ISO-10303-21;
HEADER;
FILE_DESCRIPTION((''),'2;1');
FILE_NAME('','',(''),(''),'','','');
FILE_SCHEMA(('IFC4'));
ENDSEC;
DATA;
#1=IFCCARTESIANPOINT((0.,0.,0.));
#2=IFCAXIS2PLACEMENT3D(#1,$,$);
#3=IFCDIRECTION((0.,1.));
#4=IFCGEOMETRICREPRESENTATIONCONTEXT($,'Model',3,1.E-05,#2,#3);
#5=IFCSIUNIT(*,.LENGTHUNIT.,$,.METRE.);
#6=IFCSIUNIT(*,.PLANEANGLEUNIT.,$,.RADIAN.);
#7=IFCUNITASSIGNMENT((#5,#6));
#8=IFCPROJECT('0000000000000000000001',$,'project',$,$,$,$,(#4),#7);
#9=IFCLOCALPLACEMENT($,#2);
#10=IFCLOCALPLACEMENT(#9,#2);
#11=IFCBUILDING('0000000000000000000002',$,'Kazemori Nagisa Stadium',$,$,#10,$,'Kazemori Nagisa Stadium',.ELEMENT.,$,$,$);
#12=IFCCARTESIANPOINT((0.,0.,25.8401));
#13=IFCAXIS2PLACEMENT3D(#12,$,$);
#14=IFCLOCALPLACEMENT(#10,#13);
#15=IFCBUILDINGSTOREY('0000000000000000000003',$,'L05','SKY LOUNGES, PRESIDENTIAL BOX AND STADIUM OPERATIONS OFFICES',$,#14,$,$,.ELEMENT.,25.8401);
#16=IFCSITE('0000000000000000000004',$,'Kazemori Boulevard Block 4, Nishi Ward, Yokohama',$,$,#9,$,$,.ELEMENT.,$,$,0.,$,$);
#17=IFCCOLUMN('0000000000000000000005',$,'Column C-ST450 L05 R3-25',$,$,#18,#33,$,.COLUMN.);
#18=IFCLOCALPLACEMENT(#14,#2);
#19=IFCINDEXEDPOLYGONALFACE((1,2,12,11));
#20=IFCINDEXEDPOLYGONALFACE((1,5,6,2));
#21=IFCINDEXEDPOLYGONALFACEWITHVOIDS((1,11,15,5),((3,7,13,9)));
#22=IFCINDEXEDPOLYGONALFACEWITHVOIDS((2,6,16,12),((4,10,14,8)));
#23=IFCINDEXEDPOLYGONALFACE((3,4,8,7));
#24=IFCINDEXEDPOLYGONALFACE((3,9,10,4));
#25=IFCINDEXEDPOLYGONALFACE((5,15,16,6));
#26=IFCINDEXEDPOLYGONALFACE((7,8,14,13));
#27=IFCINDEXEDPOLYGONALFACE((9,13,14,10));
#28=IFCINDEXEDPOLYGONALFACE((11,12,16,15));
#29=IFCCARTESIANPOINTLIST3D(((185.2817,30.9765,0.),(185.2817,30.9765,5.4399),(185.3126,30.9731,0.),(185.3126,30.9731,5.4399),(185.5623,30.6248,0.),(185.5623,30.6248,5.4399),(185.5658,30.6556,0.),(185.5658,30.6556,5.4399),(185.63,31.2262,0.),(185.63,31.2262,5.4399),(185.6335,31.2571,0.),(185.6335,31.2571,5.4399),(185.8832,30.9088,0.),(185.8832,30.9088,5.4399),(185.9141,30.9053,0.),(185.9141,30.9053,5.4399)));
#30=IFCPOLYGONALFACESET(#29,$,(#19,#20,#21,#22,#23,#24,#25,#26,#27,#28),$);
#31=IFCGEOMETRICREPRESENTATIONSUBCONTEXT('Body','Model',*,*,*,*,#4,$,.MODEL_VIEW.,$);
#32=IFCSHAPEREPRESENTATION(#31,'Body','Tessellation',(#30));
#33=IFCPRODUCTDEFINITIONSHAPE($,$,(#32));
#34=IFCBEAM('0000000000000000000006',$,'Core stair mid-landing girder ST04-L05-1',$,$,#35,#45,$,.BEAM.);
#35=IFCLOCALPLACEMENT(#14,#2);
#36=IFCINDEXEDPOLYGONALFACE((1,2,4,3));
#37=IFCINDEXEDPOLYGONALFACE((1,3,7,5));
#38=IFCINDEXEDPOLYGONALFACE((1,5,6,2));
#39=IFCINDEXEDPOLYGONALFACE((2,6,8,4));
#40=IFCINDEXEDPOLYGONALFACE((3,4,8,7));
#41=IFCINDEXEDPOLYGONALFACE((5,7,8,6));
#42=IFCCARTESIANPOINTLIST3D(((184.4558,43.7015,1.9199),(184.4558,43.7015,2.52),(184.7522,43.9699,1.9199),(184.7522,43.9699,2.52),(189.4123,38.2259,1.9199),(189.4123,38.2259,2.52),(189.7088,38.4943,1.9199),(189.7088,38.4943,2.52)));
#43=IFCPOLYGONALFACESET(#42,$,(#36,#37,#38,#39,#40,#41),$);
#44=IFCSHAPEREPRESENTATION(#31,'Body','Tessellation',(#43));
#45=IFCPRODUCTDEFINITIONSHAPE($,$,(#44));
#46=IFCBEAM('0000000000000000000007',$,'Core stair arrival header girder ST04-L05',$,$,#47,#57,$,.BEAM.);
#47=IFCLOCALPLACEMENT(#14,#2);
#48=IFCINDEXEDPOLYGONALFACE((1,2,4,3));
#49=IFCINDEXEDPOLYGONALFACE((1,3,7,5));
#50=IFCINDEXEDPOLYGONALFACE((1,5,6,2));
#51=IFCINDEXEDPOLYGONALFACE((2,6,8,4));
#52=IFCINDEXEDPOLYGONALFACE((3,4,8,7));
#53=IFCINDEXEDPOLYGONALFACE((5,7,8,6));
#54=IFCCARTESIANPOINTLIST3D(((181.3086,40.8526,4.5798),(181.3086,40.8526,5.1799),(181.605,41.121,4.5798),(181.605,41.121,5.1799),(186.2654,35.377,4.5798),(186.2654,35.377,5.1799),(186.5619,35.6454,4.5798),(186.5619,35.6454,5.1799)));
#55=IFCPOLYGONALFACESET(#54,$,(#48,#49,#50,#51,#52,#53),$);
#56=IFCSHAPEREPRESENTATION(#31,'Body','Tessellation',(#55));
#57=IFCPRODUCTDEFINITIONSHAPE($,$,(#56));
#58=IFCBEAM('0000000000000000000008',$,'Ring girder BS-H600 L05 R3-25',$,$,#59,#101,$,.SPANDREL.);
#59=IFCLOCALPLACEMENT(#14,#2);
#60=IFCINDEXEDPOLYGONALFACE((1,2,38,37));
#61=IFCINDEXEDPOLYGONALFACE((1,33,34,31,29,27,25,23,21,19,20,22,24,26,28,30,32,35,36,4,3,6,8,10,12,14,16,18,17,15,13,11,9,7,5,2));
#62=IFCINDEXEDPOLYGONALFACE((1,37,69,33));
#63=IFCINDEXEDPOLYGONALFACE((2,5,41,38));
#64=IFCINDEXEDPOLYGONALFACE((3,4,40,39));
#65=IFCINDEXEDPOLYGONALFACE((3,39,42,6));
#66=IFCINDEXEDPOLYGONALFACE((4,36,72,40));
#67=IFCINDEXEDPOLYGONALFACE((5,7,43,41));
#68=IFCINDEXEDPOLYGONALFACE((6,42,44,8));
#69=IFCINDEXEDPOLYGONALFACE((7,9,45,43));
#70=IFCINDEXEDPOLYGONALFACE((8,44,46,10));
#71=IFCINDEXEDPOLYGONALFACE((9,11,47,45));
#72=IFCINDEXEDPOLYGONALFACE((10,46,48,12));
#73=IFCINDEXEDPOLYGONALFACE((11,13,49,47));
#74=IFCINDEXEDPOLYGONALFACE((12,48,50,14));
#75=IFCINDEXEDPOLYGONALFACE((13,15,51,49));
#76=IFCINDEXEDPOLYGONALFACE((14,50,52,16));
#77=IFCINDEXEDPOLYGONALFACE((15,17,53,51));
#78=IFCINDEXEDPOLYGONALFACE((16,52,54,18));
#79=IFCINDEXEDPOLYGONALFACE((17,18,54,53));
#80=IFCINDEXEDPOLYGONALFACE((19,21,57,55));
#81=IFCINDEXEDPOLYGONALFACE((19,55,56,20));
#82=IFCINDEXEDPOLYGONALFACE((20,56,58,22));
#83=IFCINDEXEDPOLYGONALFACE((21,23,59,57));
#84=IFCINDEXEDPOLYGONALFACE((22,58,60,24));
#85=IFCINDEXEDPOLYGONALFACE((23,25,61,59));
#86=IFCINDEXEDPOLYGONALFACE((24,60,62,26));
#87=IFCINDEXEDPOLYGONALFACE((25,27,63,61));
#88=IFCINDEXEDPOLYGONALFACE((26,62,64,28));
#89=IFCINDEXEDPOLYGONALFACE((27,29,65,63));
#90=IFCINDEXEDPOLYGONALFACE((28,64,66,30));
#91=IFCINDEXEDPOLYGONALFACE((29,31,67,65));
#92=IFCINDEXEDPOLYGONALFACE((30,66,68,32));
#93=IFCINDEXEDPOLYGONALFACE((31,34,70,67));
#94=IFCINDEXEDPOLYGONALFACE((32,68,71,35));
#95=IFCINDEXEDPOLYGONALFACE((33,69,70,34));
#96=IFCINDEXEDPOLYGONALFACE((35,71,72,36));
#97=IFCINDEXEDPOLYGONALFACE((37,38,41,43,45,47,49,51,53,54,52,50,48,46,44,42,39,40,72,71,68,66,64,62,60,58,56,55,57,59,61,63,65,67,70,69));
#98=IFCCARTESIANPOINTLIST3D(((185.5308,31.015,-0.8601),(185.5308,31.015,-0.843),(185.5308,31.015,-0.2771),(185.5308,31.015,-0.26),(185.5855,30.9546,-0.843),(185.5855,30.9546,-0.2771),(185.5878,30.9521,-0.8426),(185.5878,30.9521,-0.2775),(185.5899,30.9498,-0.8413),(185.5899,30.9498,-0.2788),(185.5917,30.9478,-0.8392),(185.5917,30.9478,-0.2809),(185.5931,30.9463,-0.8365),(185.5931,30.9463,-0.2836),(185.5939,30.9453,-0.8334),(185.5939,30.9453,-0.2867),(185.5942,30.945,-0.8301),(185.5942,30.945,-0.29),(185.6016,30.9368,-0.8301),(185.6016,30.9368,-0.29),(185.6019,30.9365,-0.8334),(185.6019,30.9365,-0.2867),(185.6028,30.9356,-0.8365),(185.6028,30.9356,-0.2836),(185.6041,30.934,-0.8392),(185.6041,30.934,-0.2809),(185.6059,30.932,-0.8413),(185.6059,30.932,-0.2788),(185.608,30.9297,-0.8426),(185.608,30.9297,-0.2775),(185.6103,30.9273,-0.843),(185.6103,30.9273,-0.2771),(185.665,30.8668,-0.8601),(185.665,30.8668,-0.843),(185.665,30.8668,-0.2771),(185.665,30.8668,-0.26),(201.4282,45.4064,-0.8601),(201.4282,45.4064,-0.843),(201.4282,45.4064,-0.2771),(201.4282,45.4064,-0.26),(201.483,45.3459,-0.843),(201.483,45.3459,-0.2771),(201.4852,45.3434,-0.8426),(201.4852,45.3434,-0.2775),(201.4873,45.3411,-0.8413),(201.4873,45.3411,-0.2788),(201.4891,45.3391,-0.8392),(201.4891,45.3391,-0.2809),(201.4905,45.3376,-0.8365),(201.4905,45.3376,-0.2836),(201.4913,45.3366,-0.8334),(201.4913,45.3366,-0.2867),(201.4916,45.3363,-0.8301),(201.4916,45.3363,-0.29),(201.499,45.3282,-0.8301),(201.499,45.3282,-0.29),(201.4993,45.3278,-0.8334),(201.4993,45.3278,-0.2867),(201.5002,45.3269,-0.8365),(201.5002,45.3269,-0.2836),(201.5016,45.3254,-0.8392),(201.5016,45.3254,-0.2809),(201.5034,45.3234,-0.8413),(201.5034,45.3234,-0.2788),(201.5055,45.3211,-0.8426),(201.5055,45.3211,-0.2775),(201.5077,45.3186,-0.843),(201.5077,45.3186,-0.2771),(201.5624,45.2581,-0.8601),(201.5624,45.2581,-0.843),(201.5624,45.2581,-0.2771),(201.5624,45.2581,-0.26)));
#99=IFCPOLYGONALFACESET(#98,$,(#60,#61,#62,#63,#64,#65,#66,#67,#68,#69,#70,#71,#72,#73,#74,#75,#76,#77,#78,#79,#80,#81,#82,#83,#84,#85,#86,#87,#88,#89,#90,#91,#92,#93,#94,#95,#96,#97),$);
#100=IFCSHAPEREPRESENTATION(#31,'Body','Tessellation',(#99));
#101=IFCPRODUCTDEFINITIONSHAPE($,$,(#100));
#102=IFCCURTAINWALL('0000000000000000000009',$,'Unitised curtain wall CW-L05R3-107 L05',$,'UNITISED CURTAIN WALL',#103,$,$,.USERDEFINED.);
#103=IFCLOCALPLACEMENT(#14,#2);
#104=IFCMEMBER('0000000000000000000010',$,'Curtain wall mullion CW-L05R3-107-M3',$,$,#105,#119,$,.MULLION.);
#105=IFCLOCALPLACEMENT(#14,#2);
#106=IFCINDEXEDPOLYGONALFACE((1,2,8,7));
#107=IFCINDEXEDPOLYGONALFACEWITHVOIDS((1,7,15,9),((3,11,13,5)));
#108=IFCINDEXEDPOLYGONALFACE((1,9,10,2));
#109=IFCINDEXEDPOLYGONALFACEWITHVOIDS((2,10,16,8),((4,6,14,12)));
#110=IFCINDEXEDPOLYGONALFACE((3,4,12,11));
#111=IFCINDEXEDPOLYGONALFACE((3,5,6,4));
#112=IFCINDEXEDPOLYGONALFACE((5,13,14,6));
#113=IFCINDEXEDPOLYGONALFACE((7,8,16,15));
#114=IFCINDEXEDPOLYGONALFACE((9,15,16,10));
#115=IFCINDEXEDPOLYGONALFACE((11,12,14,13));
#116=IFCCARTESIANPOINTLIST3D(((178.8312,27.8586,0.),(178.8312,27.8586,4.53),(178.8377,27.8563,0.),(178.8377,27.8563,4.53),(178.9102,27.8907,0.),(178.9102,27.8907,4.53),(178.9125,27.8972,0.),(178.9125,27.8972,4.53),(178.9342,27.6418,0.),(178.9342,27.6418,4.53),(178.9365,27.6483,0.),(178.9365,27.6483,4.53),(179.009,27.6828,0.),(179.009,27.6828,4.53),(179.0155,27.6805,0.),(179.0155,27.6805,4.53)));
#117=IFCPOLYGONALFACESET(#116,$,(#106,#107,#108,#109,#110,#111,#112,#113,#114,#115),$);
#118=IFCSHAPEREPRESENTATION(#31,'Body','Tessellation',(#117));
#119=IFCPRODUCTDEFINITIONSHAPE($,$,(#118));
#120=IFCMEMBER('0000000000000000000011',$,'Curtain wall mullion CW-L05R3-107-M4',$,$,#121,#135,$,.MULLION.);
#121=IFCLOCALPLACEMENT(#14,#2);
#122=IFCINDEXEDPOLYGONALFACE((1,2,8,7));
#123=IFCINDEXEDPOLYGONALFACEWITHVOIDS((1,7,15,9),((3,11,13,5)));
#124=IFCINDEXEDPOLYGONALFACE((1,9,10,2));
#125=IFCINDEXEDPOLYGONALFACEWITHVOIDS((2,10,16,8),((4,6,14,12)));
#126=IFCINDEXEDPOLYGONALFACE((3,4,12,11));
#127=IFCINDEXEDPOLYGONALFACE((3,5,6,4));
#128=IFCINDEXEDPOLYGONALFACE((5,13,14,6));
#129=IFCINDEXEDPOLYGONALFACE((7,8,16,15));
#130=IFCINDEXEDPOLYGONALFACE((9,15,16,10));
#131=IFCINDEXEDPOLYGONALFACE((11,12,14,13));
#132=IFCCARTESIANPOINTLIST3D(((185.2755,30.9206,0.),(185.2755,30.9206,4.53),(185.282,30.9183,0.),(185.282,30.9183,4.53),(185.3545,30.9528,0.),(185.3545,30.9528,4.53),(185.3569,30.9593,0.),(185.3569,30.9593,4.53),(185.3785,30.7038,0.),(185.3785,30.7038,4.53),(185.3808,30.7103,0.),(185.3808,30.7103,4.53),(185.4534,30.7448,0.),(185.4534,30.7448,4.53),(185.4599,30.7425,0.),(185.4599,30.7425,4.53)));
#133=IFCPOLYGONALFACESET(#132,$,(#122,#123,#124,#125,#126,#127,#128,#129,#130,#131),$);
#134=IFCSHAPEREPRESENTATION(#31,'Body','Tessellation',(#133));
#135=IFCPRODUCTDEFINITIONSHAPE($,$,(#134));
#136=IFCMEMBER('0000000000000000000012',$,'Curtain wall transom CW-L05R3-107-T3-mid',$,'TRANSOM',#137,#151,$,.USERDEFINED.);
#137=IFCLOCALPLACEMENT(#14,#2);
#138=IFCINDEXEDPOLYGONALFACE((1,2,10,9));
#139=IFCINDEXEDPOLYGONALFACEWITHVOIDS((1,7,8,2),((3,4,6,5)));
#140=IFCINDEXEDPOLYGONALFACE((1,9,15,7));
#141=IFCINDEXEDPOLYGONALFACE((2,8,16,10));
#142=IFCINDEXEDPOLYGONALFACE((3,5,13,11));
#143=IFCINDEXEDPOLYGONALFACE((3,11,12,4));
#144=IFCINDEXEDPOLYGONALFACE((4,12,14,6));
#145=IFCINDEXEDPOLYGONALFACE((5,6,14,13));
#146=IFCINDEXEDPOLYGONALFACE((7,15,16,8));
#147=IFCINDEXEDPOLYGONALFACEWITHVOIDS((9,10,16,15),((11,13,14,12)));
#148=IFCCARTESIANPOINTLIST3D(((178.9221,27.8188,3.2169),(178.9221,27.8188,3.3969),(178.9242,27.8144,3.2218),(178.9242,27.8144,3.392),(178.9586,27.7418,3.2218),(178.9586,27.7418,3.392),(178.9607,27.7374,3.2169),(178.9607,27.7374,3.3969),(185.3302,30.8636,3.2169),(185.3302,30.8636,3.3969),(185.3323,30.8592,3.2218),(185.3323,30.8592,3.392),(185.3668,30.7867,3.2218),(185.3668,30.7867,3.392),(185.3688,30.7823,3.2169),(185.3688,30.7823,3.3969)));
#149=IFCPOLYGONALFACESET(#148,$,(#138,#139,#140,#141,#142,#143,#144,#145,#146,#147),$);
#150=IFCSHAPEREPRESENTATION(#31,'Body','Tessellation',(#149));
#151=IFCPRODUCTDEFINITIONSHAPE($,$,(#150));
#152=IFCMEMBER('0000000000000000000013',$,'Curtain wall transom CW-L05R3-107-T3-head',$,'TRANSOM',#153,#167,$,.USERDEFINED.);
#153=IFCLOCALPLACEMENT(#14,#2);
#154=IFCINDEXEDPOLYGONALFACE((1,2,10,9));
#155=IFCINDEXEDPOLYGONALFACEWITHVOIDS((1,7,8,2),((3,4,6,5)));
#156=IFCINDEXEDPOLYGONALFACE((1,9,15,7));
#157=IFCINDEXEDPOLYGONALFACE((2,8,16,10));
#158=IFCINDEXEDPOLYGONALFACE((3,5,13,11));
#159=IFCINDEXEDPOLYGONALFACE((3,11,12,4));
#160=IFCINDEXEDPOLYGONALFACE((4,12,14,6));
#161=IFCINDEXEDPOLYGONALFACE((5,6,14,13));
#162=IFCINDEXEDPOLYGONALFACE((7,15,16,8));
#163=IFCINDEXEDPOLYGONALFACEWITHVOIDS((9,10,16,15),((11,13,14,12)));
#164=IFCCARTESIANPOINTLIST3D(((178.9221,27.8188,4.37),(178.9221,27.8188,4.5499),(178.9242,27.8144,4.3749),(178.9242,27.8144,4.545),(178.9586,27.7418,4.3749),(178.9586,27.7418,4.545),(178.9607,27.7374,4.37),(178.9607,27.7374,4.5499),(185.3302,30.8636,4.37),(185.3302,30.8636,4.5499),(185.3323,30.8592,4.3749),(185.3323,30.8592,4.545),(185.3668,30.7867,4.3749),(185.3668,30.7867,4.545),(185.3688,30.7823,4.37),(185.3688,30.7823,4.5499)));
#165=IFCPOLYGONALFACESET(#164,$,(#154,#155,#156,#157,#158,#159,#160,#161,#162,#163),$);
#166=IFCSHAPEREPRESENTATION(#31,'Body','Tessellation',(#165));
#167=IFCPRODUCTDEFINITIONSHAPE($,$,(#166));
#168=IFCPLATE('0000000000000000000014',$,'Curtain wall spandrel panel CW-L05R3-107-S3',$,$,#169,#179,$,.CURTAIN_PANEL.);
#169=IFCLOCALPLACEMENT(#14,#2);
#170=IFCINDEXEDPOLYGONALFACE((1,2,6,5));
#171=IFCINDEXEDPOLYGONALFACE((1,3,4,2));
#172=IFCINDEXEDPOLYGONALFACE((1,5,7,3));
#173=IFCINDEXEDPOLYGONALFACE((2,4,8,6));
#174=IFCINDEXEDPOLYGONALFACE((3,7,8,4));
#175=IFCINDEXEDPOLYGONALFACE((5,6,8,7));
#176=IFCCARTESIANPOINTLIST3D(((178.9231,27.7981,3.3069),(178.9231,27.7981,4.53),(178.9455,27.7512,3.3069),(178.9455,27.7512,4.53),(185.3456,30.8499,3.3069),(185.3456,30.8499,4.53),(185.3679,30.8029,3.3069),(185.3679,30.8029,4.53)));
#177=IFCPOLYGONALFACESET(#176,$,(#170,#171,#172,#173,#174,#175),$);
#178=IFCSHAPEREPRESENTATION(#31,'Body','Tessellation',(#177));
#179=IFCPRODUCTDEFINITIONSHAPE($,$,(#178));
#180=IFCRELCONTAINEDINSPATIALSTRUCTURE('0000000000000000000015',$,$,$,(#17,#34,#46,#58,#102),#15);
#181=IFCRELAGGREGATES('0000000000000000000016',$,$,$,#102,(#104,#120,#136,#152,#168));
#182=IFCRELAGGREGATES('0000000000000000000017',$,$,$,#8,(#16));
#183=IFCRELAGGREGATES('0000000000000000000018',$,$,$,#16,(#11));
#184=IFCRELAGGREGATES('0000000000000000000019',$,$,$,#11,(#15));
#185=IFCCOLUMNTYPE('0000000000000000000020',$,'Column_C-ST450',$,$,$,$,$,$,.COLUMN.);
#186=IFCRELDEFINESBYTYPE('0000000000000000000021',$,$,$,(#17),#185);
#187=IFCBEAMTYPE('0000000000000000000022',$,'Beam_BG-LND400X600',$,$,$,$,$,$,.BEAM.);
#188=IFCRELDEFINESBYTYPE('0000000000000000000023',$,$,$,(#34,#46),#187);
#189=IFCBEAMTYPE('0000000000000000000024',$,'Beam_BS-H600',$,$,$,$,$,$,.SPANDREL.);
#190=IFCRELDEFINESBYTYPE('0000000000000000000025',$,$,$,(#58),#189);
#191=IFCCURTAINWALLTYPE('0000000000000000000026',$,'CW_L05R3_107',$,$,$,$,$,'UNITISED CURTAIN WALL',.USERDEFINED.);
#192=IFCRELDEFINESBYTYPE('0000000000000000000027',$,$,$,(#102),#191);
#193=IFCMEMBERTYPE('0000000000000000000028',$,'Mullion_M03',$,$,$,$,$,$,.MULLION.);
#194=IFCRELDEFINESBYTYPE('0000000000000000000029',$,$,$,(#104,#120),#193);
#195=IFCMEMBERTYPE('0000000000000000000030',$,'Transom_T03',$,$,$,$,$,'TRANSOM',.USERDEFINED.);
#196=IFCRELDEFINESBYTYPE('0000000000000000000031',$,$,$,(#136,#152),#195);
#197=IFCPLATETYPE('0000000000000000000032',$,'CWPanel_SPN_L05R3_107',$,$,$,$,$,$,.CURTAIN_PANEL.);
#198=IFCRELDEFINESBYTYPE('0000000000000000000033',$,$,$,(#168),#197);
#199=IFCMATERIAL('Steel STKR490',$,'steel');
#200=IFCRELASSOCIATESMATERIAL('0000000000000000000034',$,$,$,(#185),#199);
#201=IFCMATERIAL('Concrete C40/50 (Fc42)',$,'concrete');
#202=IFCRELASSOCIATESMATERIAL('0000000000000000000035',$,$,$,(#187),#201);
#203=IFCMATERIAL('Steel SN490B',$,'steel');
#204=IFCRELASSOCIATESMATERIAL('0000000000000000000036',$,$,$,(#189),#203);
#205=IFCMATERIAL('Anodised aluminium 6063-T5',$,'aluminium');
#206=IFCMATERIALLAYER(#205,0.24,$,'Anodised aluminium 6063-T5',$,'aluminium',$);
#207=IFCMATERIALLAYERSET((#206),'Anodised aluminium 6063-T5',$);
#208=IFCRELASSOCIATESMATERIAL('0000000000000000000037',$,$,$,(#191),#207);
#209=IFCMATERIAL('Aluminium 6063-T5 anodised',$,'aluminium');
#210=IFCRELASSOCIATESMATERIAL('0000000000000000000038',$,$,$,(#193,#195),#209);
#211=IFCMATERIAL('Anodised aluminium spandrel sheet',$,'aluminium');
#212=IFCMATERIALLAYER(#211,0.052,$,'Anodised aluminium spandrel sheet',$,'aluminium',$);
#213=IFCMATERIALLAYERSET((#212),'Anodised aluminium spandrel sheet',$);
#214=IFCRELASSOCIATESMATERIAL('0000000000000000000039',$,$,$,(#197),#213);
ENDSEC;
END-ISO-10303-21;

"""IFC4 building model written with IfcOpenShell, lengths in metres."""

from ifc_helpers import new_model, si_unit, direction, frame, origin, origin_2d, place, context, subcontext, project, spatial, rectangle, hollow_rectangle, i_section, extrude, material, layer, layer_set, material_profile, profile_set, type_object, element, aggregate, save


model = new_model("IFC4")

# Units and contexts
model_context = context("Model", 3, precision=1e-05, world=origin(), true_north=direction((0.0, 1.0)))
body_context = subcontext(model_context, "Body", "Model", "MODEL_VIEW")
ifc_project = project(units=[si_unit("LENGTHUNIT", "METRE"), si_unit("PLANEANGLEUNIT", "RADIAN")], contexts=[model_context])

# Site, building, storey
site_placement = place(None, origin())
site = spatial("IfcSite", under=ifc_project, at=site_placement, Name="Kazemori Boulevard Block 4, Nishi Ward, Yokohama", CompositionType="ELEMENT", RefElevation=0.0)
building_placement = place(site_placement, origin())
building = spatial("IfcBuilding", under=site, at=building_placement, Name="Kazemori Nagisa Stadium", LongName="Kazemori Nagisa Stadium", CompositionType="ELEMENT")
storey_placement = place(building_placement, frame((0.0, 0.0, 25.8401)))
storey = spatial("IfcBuildingStorey", under=building, at=storey_placement, Name="L05", Description="SKY LOUNGES, PRESIDENTIAL BOX AND STADIUM OPERATIONS OFFICES", CompositionType="ELEMENT", Elevation=25.8401)

# Column
ifc_material_1 = material(Name="Steel STKR490", Category="steel")
ifc_material_profile_1 = material_profile(ifc_material_1, hollow_rectangle(XDim=0.45, YDim=0.45, WallThickness=0.022, at=origin_2d()), Name="SHS-450x450x22")
ifc_profile_set_1 = profile_set([ifc_material_profile_1], Name="Steel STKR490")
column_type = type_object("IfcColumnType", Name="Column_C-ST450", PredefinedType="COLUMN", material=ifc_profile_set_1)
column_placement = place(storey_placement, frame((185.5979, 30.9409, 0.0), z_axis=(0.0, 0.0, 1.0), x_axis=(0.62349, -0.781831, 0.0)))
element("IfcColumn", 1, at=column_placement, inside=storey, type_object=column_type, Name="Column C-ST450 L05 R3-25", PredefinedType="COLUMN", context=body_context, shape_type="SweptSolid", body=[
    extrude(hollow_rectangle(XDim=0.45, YDim=0.45, WallThickness=0.022, at=origin_2d()), origin(), (0.0, 0.0, 1.0), 5.4399),
])

# Beams
ifc_material_2 = material(Name="Concrete C40/50 (Fc42)", Category="concrete")
ifc_material_profile_2 = material_profile(ifc_material_2, rectangle(XDim=0.3999, YDim=0.6001, at=origin_2d()), Name="RC-BM-400x600")
ifc_profile_set_2 = profile_set([ifc_material_profile_2], Name="Concrete C40/50 (Fc42)")
beam_type_1 = type_object("IfcBeamType", Name="Beam_BG-LND400X600", PredefinedType="BEAM", material=ifc_profile_set_2)
beam_1_placement = place(storey_placement, frame((184.604, 43.8357, 2.22), z_axis=(0.671095, -0.741371, 0.0), x_axis=(0.741371, 0.671095, 0.0)))
element("IfcBeam", 2, at=beam_1_placement, inside=storey, type_object=beam_type_1, Name="Core stair mid-landing girder ST04-L05-1", PredefinedType="BEAM", context=body_context, shape_type="SweptSolid", body=[
    extrude(rectangle(XDim=0.3999, YDim=0.6001, at=origin_2d()), origin(), (0.0, 0.0, 1.0), 7.3857),
])
beam_2_placement = place(storey_placement, frame((181.4568, 40.9868, 4.8799), z_axis=(0.671113, -0.741355, 0.0), x_axis=(0.741355, 0.671113, 0.0)))
element("IfcBeam", 3, at=beam_2_placement, inside=storey, type_object=beam_type_1, Name="Core stair arrival header girder ST04-L05", PredefinedType="BEAM", context=body_context, shape_type="SweptSolid", body=[
    extrude(rectangle(XDim=0.3999, YDim=0.6001, at=origin_2d()), origin(), (0.0, 0.0, 1.0), 7.386),
])
ifc_material_3 = material(Name="Steel SN490B", Category="steel")
ifc_material_profile_3 = material_profile(ifc_material_3, i_section(OverallWidth=0.2, OverallDepth=0.6001, WebThickness=0.011, FlangeThickness=0.0171, FilletRadius=0.0129, at=origin_2d()), Name="H-600x200x11x17")
ifc_profile_set_3 = profile_set([ifc_material_profile_3], Name="Steel SN490B")
beam_type_2 = type_object("IfcBeamType", Name="Beam_BS-H600", PredefinedType="SPANDREL", material=ifc_profile_set_3)
beam_3_placement = place(storey_placement, frame((185.5979, 30.9409, -0.5601), z_axis=(0.741352, 0.671117, 0.0), x_axis=(-0.671117, 0.741352, 0.0)))
element("IfcBeam", 4, at=beam_3_placement, inside=storey, type_object=beam_type_2, Name="Ring girder BS-H600 L05 R3-25", PredefinedType="SPANDREL", context=body_context, shape_type="SweptSolid", body=[
    extrude(i_section(OverallWidth=0.2, OverallDepth=0.6001, WebThickness=0.011, FlangeThickness=0.0171, FilletRadius=0.0129, at=origin_2d()), origin(), (0.0, 0.0, 1.0), 21.4438),
])

# Curtain wall, members, plate
ifc_material_4 = material(Name="Anodised aluminium 6063-T5", Category="aluminium")
ifc_layer_1 = layer(ifc_material_4, 0.24, Name="Anodised aluminium 6063-T5", Category="aluminium")
ifc_layer_set_1 = layer_set([ifc_layer_1], Name="Anodised aluminium 6063-T5")
curtain_wall_type = type_object("IfcCurtainWallType", Name="CW_L05R3_107", ElementType="UNITISED CURTAIN WALL", PredefinedType="USERDEFINED", material=ifc_layer_set_1)
curtain_wall_placement = place(storey_placement, origin())
curtain_wall = element("IfcCurtainWall", 5, at=curtain_wall_placement, inside=storey, type_object=curtain_wall_type, Name="Unitised curtain wall CW-L05R3-107 L05", ObjectType="UNITISED CURTAIN WALL", PredefinedType="USERDEFINED")
ifc_material_5 = material(Name="Aluminium 6063-T5 anodised", Category="aluminium")
ifc_material_profile_4 = material_profile(ifc_material_5, hollow_rectangle(XDim=0.0901, YDim=0.24, WallThickness=0.0049, at=origin_2d()), Name="ALU-MULL-90x240x5")
ifc_profile_set_4 = profile_set([ifc_material_profile_4], Name="Aluminium 6063-T5 anodised")
member_type_1 = type_object("IfcMemberType", Name="Mullion_M03", PredefinedType="MULLION", material=ifc_profile_set_4)
member_1_placement = place(storey_placement, frame((178.9233, 27.7695, 0.0), z_axis=(0.0, 0.0, 1.0), x_axis=(0.903216, 0.429186, 0.0)))
member_1 = element("IfcMember", 6, at=member_1_placement, type_object=member_type_1, Name="Curtain wall mullion CW-L05R3-107-M3", PredefinedType="MULLION", context=body_context, shape_type="SweptSolid", body=[
    extrude(hollow_rectangle(XDim=0.0901, YDim=0.24, WallThickness=0.0049, at=origin_2d()), origin(), (0.0, 0.0, 1.0), 4.53),
])
member_2_placement = place(storey_placement, frame((185.3677, 30.8315, 0.0), z_axis=(0.0, 0.0, 1.0), x_axis=(0.903216, 0.429186, 0.0)))
member_2 = element("IfcMember", 7, at=member_2_placement, type_object=member_type_1, Name="Curtain wall mullion CW-L05R3-107-M4", PredefinedType="MULLION", context=body_context, shape_type="SweptSolid", body=[
    extrude(hollow_rectangle(XDim=0.0901, YDim=0.24, WallThickness=0.0049, at=origin_2d()), origin(), (0.0, 0.0, 1.0), 4.53),
])
ifc_material_profile_5 = material_profile(ifc_material_5, hollow_rectangle(XDim=0.0901, YDim=0.1799, WallThickness=0.0049, at=origin_2d()), Name="ALU-TRAN-90x180x5")
ifc_profile_set_5 = profile_set([ifc_material_profile_5], Name="Aluminium 6063-T5 anodised")
member_type_2 = type_object("IfcMemberType", Name="Transom_T03", ElementType="TRANSOM", PredefinedType="USERDEFINED", material=ifc_profile_set_5)
member_3_placement = place(storey_placement, frame((178.9414, 27.7781, 3.3069), z_axis=(0.903221, 0.429175, 0.0), x_axis=(-0.429175, 0.903221, 0.0)))
member_3 = element("IfcMember", 8, at=member_3_placement, type_object=member_type_2, Name="Curtain wall transom CW-L05R3-107-T3-mid", ObjectType="TRANSOM", PredefinedType="USERDEFINED", context=body_context, shape_type="SweptSolid", body=[
    extrude(hollow_rectangle(XDim=0.0901, YDim=0.1799, WallThickness=0.0049, at=origin_2d()), origin(), (0.0, 0.0, 1.0), 7.0947),
])
member_4_placement = place(storey_placement, frame((178.9414, 27.7781, 4.46), z_axis=(0.903221, 0.429175, 0.0), x_axis=(-0.429175, 0.903221, 0.0)))
member_4 = element("IfcMember", 9, at=member_4_placement, type_object=member_type_2, Name="Curtain wall transom CW-L05R3-107-T3-head", ObjectType="TRANSOM", PredefinedType="USERDEFINED", context=body_context, shape_type="SweptSolid", body=[
    extrude(hollow_rectangle(XDim=0.0901, YDim=0.1799, WallThickness=0.0049, at=origin_2d()), origin(), (0.0, 0.0, 1.0), 7.0947),
])
ifc_material_6 = material(Name="Anodised aluminium spandrel sheet", Category="aluminium")
ifc_layer_2 = layer(ifc_material_6, 0.052, Name="Anodised aluminium spandrel sheet", Category="aluminium")
ifc_layer_set_2 = layer_set([ifc_layer_2], Name="Anodised aluminium spandrel sheet")
plate_type_1 = type_object("IfcPlateType", Name="CWPanel_SPN_L05R3_107", PredefinedType="CURTAIN_PANEL", material=ifc_layer_set_2)
plate_1_placement = place(storey_placement, frame((182.1455, 29.3005, 3.3069), z_axis=(0.0, 0.0, 1.0), x_axis=(0.903216, 0.429186, 0.0)))
plate_1 = element("IfcPlate", 10, at=plate_1_placement, type_object=plate_type_1, Name="Curtain wall spandrel panel CW-L05R3-107-S3", PredefinedType="CURTAIN_PANEL", context=body_context, shape_type="SweptSolid", body=[
    extrude(rectangle(XDim=7.1106, YDim=0.052, at=origin_2d()), origin(), (0.0, 0.0, 1.0), 1.2231),
])
aggregate(curtain_wall, [member_1, member_2, member_3, member_4, plate_1])

save(model, "model.ifc")
